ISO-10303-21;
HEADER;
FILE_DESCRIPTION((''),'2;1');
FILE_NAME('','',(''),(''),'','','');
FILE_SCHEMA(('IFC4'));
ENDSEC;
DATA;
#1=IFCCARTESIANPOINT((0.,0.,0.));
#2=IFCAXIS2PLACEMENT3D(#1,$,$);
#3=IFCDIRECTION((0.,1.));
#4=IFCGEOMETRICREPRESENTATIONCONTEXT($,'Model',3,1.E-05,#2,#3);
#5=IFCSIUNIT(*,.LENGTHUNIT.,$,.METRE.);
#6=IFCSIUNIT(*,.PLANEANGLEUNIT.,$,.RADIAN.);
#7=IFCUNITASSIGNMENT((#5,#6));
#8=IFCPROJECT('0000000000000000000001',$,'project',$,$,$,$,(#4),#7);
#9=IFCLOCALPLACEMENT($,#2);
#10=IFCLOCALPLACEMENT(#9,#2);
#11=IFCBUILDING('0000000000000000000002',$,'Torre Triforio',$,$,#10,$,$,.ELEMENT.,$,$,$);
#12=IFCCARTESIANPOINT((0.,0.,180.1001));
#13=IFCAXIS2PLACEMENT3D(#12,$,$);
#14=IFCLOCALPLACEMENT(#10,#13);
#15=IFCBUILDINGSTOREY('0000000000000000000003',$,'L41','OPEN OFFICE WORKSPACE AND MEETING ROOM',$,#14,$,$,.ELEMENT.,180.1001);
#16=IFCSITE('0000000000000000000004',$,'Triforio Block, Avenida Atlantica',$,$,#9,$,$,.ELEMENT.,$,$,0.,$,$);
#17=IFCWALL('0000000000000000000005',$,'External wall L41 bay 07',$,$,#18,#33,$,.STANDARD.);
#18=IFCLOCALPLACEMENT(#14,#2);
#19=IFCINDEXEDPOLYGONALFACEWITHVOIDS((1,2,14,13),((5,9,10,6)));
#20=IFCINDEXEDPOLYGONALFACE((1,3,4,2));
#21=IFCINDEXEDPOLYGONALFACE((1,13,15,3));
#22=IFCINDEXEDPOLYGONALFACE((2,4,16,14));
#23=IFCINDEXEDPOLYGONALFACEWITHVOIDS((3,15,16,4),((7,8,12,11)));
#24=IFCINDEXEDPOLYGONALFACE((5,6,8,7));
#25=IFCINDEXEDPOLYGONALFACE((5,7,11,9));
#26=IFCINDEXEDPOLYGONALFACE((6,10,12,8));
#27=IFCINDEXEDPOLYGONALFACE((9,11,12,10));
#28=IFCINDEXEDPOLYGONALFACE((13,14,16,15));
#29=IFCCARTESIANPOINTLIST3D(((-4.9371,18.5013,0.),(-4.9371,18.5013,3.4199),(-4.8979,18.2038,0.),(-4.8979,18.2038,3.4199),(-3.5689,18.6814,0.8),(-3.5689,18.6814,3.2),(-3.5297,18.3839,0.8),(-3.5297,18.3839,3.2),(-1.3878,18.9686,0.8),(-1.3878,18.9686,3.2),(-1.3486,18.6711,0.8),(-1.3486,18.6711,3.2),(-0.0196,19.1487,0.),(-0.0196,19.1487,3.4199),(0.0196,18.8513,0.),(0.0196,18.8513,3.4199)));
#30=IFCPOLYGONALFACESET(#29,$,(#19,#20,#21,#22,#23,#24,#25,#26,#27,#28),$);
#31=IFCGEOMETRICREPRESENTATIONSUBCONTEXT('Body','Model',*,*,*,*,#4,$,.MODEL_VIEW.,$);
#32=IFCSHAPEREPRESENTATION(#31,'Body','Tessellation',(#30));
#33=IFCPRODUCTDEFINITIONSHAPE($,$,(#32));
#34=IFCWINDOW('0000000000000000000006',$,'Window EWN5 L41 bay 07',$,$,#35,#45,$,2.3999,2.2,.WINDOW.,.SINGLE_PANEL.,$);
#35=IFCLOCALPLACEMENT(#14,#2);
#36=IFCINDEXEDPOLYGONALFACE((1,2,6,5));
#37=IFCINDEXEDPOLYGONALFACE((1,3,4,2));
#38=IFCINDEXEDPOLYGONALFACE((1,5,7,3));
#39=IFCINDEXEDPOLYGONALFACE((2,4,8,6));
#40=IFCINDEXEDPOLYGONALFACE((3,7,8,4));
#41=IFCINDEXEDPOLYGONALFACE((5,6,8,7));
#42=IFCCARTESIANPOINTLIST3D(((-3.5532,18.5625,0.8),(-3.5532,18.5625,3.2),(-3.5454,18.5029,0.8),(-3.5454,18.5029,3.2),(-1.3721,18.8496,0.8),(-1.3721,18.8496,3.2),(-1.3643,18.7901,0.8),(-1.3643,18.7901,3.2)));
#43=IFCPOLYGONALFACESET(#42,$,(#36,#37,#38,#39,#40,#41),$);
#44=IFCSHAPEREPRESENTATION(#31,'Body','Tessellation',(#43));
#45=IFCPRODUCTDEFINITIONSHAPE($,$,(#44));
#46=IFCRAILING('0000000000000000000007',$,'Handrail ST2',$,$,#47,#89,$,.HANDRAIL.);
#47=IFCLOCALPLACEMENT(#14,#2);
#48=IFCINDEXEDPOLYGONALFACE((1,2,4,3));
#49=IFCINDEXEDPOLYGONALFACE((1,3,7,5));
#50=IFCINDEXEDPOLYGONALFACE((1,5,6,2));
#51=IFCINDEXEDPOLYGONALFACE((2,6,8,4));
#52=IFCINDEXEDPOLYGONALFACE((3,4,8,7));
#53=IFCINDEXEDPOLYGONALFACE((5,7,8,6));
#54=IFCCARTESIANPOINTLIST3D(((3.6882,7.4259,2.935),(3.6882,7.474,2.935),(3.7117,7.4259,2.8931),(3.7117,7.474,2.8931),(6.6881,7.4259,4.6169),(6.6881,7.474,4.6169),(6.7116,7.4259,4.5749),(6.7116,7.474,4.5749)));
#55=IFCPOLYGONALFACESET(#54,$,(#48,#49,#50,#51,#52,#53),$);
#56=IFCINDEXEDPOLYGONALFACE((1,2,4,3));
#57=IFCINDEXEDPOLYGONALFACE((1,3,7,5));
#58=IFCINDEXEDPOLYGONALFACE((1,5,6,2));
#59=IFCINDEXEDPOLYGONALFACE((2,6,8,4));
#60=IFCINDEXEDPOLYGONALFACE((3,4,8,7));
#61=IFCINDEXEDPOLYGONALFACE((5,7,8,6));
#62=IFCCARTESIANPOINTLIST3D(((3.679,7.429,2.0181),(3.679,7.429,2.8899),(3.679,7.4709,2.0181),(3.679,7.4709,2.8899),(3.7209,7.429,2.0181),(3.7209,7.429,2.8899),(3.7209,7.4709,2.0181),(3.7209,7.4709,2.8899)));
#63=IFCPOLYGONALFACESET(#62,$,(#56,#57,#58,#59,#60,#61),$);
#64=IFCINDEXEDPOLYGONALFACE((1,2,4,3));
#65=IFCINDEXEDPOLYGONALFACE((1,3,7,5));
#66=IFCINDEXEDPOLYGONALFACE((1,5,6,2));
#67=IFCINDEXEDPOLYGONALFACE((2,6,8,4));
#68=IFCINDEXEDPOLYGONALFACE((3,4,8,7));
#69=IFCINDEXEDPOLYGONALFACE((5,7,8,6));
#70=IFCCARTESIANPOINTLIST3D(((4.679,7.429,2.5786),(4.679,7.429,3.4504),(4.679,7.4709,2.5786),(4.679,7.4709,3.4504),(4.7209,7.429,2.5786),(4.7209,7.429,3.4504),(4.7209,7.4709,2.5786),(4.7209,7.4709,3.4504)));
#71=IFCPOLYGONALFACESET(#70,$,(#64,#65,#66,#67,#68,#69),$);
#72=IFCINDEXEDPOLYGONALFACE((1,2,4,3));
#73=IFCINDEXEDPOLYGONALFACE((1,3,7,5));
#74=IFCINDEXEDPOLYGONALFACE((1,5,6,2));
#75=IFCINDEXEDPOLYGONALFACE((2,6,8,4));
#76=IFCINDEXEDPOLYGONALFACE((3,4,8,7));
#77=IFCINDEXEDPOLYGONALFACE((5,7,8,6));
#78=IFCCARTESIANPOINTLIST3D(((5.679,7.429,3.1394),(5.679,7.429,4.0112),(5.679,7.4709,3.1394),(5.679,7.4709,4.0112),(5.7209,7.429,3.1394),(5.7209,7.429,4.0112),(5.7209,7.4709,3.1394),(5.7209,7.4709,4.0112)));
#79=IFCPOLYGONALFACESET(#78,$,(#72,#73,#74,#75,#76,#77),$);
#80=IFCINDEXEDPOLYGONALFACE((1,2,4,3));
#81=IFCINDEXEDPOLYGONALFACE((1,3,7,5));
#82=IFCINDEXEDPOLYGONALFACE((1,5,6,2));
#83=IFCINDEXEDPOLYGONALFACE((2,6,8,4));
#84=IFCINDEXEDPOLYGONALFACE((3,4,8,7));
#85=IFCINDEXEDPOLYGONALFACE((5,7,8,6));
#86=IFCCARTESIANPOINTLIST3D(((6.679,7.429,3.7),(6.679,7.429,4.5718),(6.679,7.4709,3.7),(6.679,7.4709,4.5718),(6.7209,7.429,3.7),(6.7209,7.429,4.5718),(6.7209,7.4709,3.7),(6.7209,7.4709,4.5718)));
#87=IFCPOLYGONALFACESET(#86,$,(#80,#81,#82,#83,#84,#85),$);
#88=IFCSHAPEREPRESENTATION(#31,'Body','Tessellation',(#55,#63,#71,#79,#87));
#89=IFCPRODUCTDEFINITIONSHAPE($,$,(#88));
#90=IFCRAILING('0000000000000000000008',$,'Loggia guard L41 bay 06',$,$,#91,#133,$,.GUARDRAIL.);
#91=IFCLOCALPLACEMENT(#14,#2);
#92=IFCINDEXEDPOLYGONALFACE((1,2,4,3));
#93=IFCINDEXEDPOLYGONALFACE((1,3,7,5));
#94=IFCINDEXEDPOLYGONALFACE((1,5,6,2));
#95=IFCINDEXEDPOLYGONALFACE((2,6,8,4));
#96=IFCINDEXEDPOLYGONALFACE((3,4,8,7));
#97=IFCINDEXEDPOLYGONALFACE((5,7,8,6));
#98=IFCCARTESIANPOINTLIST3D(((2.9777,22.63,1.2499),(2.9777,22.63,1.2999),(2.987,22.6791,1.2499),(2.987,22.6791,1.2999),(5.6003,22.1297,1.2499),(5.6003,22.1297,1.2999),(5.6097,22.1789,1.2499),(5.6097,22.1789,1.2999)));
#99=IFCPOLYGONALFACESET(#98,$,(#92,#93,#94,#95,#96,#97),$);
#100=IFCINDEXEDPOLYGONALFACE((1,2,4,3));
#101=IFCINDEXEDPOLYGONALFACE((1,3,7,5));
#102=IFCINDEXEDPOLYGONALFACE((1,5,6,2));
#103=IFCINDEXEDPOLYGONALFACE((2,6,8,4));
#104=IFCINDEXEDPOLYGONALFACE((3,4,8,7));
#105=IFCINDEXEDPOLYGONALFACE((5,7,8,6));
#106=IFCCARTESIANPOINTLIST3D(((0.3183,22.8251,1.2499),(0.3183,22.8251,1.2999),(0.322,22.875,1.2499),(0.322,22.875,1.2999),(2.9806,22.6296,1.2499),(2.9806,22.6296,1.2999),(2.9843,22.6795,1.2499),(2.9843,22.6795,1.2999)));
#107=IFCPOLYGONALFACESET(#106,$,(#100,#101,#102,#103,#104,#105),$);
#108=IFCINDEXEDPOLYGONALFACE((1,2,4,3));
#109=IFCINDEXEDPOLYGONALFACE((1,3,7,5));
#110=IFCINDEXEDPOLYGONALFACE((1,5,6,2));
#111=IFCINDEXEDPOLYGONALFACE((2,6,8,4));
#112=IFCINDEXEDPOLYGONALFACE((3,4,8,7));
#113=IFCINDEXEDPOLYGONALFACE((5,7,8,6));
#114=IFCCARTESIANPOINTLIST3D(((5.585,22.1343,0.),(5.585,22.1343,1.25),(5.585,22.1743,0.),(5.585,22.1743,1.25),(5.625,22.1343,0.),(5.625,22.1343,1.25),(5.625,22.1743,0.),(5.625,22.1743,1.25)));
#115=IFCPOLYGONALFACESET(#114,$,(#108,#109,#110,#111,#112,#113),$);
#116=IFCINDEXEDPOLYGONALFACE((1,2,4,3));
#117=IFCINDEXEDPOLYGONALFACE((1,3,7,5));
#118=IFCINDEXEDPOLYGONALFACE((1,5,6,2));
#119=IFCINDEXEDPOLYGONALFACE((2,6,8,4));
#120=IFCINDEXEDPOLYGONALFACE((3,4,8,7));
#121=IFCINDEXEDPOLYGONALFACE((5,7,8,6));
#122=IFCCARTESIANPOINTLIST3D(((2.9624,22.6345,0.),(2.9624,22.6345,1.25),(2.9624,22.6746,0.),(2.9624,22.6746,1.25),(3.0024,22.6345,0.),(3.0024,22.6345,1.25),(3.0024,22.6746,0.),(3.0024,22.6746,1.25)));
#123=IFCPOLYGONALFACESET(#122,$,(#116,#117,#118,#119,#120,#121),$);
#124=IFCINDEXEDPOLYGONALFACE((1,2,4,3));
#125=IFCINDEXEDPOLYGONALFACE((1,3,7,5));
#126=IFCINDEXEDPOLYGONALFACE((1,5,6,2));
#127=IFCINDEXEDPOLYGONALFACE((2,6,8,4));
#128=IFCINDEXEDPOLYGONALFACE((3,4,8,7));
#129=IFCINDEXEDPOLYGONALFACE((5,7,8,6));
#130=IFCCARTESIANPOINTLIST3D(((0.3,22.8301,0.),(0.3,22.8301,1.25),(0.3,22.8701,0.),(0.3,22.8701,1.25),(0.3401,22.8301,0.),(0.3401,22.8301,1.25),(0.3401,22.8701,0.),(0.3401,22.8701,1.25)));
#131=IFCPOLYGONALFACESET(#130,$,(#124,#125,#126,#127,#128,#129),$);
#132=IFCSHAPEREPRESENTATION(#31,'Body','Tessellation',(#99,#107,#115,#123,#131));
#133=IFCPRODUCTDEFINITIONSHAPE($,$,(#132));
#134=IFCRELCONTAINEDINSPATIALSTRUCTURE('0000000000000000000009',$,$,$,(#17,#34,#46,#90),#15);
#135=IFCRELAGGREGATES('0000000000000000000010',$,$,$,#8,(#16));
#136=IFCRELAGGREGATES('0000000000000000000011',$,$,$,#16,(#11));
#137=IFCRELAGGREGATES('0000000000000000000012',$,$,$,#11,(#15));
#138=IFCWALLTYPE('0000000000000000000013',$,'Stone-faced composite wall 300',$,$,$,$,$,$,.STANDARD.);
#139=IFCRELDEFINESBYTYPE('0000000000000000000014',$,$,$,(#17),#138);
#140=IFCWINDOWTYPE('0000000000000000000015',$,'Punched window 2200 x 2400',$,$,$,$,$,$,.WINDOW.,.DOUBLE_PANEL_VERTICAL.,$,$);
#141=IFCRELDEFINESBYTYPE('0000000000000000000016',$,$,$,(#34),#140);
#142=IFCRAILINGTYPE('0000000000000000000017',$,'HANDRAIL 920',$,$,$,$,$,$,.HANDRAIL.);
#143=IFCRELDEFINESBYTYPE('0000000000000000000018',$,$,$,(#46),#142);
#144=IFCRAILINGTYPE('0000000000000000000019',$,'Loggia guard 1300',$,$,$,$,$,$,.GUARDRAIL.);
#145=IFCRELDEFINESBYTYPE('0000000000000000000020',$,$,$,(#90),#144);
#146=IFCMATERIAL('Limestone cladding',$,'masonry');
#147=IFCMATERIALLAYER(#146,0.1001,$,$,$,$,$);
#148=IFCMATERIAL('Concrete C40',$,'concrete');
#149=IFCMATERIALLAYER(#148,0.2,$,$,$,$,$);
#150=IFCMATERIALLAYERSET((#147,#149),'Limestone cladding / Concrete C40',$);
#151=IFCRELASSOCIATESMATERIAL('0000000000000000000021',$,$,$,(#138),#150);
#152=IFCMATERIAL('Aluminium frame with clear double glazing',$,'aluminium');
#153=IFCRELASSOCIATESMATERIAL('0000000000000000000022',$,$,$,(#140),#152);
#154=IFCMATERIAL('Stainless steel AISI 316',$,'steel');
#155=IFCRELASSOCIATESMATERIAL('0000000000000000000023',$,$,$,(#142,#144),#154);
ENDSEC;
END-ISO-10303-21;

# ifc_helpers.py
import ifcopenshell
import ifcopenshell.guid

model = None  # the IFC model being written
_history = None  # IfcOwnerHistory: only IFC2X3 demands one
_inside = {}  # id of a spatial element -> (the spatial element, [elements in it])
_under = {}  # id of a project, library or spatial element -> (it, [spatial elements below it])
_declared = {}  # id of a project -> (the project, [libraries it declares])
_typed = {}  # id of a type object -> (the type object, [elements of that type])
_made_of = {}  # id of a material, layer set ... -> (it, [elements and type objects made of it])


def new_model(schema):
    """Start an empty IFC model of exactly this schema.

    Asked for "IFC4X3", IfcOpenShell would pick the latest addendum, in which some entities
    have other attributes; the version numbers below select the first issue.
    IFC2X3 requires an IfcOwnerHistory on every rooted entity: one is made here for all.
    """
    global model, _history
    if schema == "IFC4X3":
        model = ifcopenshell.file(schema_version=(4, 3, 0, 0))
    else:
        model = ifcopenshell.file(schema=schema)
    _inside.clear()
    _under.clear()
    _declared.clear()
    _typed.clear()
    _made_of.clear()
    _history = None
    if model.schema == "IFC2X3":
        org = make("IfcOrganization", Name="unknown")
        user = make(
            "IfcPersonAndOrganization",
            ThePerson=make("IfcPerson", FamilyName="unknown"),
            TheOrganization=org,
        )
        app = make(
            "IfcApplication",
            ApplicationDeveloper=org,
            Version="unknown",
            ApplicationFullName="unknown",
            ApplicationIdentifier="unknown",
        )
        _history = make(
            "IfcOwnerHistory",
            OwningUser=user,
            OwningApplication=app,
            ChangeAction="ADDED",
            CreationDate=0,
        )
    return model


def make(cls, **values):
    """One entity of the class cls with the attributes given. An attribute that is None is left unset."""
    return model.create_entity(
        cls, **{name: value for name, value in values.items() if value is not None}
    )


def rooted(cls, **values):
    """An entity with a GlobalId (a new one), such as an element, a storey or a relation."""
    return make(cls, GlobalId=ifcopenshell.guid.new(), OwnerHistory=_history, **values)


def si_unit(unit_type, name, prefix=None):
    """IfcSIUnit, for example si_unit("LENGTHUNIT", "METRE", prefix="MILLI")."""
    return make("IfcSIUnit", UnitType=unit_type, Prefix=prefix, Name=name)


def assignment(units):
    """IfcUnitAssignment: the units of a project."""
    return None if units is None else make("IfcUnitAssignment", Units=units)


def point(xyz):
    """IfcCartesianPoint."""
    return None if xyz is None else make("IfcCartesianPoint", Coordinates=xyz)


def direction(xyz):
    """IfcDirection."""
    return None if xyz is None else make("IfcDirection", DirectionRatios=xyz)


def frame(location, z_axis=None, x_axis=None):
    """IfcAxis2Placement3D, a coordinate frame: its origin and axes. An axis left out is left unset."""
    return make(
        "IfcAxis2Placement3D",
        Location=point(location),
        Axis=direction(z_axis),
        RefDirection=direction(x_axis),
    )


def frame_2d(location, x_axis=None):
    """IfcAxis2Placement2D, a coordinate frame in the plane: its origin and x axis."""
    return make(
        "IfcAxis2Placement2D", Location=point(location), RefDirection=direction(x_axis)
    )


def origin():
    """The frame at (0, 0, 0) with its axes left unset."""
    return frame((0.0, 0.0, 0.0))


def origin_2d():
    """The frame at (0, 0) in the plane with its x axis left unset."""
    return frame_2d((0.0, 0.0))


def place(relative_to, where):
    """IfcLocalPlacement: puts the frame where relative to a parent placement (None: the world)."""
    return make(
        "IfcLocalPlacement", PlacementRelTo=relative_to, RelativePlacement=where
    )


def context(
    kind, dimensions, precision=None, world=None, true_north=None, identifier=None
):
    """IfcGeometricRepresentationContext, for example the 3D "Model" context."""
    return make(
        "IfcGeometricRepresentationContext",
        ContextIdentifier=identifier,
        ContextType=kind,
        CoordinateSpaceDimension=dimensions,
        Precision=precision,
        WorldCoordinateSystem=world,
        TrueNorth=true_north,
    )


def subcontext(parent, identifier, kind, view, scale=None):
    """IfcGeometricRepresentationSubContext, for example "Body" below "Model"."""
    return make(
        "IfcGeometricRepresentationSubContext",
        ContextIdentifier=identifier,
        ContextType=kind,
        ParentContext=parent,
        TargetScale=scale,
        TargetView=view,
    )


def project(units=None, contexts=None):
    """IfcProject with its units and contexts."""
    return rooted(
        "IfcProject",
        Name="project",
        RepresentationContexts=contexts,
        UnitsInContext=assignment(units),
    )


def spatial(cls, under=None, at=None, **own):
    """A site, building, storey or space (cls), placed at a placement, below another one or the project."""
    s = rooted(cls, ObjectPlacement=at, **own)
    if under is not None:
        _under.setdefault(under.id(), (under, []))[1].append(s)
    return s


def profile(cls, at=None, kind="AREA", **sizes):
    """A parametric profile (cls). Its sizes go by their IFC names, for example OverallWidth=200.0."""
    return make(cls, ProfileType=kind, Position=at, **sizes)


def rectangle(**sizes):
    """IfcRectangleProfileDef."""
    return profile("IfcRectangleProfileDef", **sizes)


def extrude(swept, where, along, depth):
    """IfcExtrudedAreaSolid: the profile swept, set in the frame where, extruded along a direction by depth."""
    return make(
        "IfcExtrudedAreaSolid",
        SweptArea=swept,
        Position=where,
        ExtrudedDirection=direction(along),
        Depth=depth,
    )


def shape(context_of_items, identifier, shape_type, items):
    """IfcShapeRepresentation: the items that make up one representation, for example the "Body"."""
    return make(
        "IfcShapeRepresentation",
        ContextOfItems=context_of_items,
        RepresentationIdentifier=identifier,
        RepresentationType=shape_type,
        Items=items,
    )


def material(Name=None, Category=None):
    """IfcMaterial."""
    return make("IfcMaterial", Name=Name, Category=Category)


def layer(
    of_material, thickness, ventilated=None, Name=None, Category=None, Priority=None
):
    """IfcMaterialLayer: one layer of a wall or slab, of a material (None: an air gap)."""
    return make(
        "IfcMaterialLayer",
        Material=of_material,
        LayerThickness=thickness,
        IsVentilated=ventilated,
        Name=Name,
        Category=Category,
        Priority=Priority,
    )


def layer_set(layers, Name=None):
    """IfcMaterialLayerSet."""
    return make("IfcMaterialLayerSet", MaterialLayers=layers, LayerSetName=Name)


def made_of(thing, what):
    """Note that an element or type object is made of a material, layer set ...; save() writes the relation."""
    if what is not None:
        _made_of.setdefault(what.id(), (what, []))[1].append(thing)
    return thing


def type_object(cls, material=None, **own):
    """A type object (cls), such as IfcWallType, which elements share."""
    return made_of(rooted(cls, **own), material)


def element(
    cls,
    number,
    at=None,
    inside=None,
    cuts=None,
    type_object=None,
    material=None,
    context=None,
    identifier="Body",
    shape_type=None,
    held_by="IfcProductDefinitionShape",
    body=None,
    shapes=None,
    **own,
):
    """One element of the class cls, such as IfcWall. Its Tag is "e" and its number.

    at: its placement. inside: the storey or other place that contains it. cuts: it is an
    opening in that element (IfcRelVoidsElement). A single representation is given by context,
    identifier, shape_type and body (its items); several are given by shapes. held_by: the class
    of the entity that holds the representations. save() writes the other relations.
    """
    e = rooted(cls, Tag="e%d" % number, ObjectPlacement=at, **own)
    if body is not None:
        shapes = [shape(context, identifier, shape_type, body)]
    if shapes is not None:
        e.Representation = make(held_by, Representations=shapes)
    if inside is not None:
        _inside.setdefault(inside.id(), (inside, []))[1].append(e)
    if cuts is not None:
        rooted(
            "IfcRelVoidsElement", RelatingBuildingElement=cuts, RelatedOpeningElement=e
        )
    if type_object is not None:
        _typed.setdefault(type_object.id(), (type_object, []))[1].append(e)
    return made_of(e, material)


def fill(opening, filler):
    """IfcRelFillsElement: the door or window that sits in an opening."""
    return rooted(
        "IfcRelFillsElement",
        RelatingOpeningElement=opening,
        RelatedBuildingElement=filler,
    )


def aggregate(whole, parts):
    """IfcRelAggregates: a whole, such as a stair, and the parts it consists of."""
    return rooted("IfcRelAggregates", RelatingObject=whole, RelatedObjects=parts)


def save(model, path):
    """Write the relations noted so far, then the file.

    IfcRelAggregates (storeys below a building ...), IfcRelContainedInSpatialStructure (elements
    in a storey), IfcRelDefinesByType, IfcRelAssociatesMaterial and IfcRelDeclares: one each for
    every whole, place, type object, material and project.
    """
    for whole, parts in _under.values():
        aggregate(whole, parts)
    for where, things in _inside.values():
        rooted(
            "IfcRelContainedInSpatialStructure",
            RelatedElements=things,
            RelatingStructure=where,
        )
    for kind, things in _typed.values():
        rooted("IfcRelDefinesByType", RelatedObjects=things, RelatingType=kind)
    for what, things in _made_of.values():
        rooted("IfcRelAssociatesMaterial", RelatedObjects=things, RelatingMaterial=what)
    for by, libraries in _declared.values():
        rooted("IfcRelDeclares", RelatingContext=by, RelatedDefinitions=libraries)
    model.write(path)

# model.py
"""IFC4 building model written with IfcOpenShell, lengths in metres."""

from ifc_helpers import new_model, si_unit, direction, frame, frame_2d, origin, origin_2d, place, context, subcontext, project, spatial, rectangle, extrude, material, layer, layer_set, type_object, element, fill, save


model = new_model("IFC4")

# Units and contexts
model_context = context("Model", 3, precision=1e-05, world=origin(), true_north=direction((0.0, 1.0)))
body_context = subcontext(model_context, "Body", "Model", "MODEL_VIEW")
ifc_project = project(units=[si_unit("LENGTHUNIT", "METRE"), si_unit("PLANEANGLEUNIT", "RADIAN")], contexts=[model_context])

# Site, building, storey
site_placement = place(None, origin())
site = spatial("IfcSite", under=ifc_project, at=site_placement, Name="Triforio Block, Avenida Atlantica", CompositionType="ELEMENT", RefElevation=0.0)
building_placement = place(site_placement, origin())
building = spatial("IfcBuilding", under=site, at=building_placement, Name="Torre Triforio", CompositionType="ELEMENT")
storey_placement = place(building_placement, frame((0.0, 0.0, 180.1001)))
storey = spatial("IfcBuildingStorey", under=building, at=storey_placement, Name="L41", Description="OPEN OFFICE WORKSPACE AND MEETING ROOM", CompositionType="ELEMENT", Elevation=180.1001)

# Shared definitions
ifc_material_1 = material(Name="Concrete C40", Category="concrete")

# Shared definitions
ifc_material_2 = material(Name="Limestone cladding", Category="masonry")
ifc_layer_1 = layer(ifc_material_2, 0.1001)
ifc_layer_2 = layer(ifc_material_1, 0.2)
ifc_layer_set_1 = layer_set([ifc_layer_1, ifc_layer_2], Name="Limestone cladding / Concrete C40")
wall_type_1 = type_object("IfcWallType", Name="Stone-faced composite wall 300", PredefinedType="STANDARD", material=ifc_layer_set_1)
ifc_material_3 = material(Name="Aluminium frame with clear double glazing", Category="aluminium")

# Wall, opening, window
wall_1_placement = place(storey_placement, frame((0.0, 19.0, 0.0), z_axis=(0.0, 0.0, 1.0), x_axis=(-0.991443, -0.130539, 0.0)))
wall_1 = element("IfcWall", 1, at=wall_1_placement, inside=storey, type_object=wall_type_1, Name="External wall L41 bay 07", PredefinedType="STANDARD", context=body_context, shape_type="SweptSolid", body=[
    extrude(rectangle(XDim=4.96, YDim=0.3, at=frame_2d((2.48, 0.0))), origin(), (0.0, 0.0, 1.0), 3.4199),
])
opening_1_placement = place(wall_1_placement, frame((1.3799, 0.0, 0.8)))
opening_1 = element("IfcOpeningElement", 2, at=opening_1_placement, cuts=wall_1, PredefinedType="OPENING", context=body_context, shape_type="SweptSolid", body=[
    extrude(rectangle(XDim=2.2, YDim=2.3999, at=frame_2d((1.1001, 1.2))), frame((0.0, 0.1599, 0.0), z_axis=(0.0, -1.0, 0.0), x_axis=(1.0, 0.0, 0.0)), (0.0, 0.0, 1.0), 0.3201),
])
window_type_1 = type_object("IfcWindowType", Name="Punched window 2200 x 2400", PartitioningType="DOUBLE_PANEL_VERTICAL", PredefinedType="WINDOW", material=ifc_material_3)
window_1_placement = place(opening_1_placement, origin())
window_1 = element("IfcWindow", 3, at=window_1_placement, inside=storey, type_object=window_type_1, Name="Window EWN5 L41 bay 07", OverallHeight=2.3999, OverallWidth=2.2, PartitioningType="SINGLE_PANEL", PredefinedType="WINDOW", context=body_context, shape_type="SweptSolid", body=[
    extrude(rectangle(XDim=2.2, YDim=2.3999, at=frame_2d((1.1001, 1.2))), frame((0.0, 0.03, 0.0), z_axis=(0.0, -1.0, 0.0), x_axis=(1.0, 0.0, 0.0)), (0.0, 0.0, 1.0), 0.0601),
])
fill(opening_1, window_1)

# Railings
ifc_material_4 = material(Name="Stainless steel AISI 316", Category="steel")
railing_type_1 = type_object("IfcRailingType", Name="HANDRAIL 920", PredefinedType="HANDRAIL", material=ifc_material_4)
railing_1_placement = place(storey_placement, frame((3.7, 7.45, 2.0181)))
element("IfcRailing", 4, at=railing_1_placement, inside=storey, type_object=railing_type_1, Name="Handrail ST2", PredefinedType="HANDRAIL", context=body_context, shape_type="SweptSolid", body=[
    extrude(rectangle(XDim=0.0481, YDim=0.0481, at=origin_2d()), frame((0.0, 0.0, 0.896), z_axis=(0.872272, 0.0, 0.48902), x_axis=(0.0, 1.0, 0.0)), (0.0, 0.0, 1.0), 3.4392),
    extrude(rectangle(XDim=0.042, YDim=0.042, at=origin_2d()), origin(), (0.0, 0.0, 1.0), 0.8718),
    extrude(rectangle(XDim=0.042, YDim=0.042, at=origin_2d()), frame((1.0, 0.0, 0.5605)), (0.0, 0.0, 1.0), 0.8718),
    extrude(rectangle(XDim=0.042, YDim=0.042, at=origin_2d()), frame((2.0, 0.0, 1.1213)), (0.0, 0.0, 1.0), 0.8718),
    extrude(rectangle(XDim=0.042, YDim=0.042, at=origin_2d()), frame((3.0, 0.0, 1.6819)), (0.0, 0.0, 1.0), 0.8718),
])
railing_type_2 = type_object("IfcRailingType", Name="Loggia guard 1300", PredefinedType="GUARDRAIL", material=ifc_material_4)
railing_2_placement = place(storey_placement, frame((5.605, 22.1543, 0.0)))
element("IfcRailing", 5, at=railing_2_placement, inside=storey, type_object=railing_type_2, Name="Loggia guard L41 bay 06", PredefinedType="GUARDRAIL", context=body_context, shape_type="SweptSolid", body=[
    extrude(rectangle(XDim=0.05, YDim=0.05, at=origin_2d()), frame((0.0, 0.0, 1.2749), z_axis=(-0.98229, 0.187368, 0.0), x_axis=(-0.187368, -0.98229, 0.0)), (0.0, 0.0, 1.0), 2.6699),
    extrude(rectangle(XDim=0.05, YDim=0.05, at=origin_2d()), frame((-2.6226, 0.5002, 1.2749), z_axis=(-0.997313, 0.073255, 0.0), x_axis=(-0.073255, -0.997313, 0.0)), (0.0, 0.0, 1.0), 2.6694),
    extrude(rectangle(XDim=0.04, YDim=0.04, at=origin_2d()), origin(), (0.0, 0.0, 1.0), 1.25),
    extrude(rectangle(XDim=0.04, YDim=0.04, at=origin_2d()), frame((-2.6226, 0.5002, 0.0)), (0.0, 0.0, 1.0), 1.25),
    extrude(rectangle(XDim=0.04, YDim=0.04, at=origin_2d()), frame((-5.2849, 0.6958, 0.0)), (0.0, 0.0, 1.0), 1.25),
])

save(model, "model.ifc")
